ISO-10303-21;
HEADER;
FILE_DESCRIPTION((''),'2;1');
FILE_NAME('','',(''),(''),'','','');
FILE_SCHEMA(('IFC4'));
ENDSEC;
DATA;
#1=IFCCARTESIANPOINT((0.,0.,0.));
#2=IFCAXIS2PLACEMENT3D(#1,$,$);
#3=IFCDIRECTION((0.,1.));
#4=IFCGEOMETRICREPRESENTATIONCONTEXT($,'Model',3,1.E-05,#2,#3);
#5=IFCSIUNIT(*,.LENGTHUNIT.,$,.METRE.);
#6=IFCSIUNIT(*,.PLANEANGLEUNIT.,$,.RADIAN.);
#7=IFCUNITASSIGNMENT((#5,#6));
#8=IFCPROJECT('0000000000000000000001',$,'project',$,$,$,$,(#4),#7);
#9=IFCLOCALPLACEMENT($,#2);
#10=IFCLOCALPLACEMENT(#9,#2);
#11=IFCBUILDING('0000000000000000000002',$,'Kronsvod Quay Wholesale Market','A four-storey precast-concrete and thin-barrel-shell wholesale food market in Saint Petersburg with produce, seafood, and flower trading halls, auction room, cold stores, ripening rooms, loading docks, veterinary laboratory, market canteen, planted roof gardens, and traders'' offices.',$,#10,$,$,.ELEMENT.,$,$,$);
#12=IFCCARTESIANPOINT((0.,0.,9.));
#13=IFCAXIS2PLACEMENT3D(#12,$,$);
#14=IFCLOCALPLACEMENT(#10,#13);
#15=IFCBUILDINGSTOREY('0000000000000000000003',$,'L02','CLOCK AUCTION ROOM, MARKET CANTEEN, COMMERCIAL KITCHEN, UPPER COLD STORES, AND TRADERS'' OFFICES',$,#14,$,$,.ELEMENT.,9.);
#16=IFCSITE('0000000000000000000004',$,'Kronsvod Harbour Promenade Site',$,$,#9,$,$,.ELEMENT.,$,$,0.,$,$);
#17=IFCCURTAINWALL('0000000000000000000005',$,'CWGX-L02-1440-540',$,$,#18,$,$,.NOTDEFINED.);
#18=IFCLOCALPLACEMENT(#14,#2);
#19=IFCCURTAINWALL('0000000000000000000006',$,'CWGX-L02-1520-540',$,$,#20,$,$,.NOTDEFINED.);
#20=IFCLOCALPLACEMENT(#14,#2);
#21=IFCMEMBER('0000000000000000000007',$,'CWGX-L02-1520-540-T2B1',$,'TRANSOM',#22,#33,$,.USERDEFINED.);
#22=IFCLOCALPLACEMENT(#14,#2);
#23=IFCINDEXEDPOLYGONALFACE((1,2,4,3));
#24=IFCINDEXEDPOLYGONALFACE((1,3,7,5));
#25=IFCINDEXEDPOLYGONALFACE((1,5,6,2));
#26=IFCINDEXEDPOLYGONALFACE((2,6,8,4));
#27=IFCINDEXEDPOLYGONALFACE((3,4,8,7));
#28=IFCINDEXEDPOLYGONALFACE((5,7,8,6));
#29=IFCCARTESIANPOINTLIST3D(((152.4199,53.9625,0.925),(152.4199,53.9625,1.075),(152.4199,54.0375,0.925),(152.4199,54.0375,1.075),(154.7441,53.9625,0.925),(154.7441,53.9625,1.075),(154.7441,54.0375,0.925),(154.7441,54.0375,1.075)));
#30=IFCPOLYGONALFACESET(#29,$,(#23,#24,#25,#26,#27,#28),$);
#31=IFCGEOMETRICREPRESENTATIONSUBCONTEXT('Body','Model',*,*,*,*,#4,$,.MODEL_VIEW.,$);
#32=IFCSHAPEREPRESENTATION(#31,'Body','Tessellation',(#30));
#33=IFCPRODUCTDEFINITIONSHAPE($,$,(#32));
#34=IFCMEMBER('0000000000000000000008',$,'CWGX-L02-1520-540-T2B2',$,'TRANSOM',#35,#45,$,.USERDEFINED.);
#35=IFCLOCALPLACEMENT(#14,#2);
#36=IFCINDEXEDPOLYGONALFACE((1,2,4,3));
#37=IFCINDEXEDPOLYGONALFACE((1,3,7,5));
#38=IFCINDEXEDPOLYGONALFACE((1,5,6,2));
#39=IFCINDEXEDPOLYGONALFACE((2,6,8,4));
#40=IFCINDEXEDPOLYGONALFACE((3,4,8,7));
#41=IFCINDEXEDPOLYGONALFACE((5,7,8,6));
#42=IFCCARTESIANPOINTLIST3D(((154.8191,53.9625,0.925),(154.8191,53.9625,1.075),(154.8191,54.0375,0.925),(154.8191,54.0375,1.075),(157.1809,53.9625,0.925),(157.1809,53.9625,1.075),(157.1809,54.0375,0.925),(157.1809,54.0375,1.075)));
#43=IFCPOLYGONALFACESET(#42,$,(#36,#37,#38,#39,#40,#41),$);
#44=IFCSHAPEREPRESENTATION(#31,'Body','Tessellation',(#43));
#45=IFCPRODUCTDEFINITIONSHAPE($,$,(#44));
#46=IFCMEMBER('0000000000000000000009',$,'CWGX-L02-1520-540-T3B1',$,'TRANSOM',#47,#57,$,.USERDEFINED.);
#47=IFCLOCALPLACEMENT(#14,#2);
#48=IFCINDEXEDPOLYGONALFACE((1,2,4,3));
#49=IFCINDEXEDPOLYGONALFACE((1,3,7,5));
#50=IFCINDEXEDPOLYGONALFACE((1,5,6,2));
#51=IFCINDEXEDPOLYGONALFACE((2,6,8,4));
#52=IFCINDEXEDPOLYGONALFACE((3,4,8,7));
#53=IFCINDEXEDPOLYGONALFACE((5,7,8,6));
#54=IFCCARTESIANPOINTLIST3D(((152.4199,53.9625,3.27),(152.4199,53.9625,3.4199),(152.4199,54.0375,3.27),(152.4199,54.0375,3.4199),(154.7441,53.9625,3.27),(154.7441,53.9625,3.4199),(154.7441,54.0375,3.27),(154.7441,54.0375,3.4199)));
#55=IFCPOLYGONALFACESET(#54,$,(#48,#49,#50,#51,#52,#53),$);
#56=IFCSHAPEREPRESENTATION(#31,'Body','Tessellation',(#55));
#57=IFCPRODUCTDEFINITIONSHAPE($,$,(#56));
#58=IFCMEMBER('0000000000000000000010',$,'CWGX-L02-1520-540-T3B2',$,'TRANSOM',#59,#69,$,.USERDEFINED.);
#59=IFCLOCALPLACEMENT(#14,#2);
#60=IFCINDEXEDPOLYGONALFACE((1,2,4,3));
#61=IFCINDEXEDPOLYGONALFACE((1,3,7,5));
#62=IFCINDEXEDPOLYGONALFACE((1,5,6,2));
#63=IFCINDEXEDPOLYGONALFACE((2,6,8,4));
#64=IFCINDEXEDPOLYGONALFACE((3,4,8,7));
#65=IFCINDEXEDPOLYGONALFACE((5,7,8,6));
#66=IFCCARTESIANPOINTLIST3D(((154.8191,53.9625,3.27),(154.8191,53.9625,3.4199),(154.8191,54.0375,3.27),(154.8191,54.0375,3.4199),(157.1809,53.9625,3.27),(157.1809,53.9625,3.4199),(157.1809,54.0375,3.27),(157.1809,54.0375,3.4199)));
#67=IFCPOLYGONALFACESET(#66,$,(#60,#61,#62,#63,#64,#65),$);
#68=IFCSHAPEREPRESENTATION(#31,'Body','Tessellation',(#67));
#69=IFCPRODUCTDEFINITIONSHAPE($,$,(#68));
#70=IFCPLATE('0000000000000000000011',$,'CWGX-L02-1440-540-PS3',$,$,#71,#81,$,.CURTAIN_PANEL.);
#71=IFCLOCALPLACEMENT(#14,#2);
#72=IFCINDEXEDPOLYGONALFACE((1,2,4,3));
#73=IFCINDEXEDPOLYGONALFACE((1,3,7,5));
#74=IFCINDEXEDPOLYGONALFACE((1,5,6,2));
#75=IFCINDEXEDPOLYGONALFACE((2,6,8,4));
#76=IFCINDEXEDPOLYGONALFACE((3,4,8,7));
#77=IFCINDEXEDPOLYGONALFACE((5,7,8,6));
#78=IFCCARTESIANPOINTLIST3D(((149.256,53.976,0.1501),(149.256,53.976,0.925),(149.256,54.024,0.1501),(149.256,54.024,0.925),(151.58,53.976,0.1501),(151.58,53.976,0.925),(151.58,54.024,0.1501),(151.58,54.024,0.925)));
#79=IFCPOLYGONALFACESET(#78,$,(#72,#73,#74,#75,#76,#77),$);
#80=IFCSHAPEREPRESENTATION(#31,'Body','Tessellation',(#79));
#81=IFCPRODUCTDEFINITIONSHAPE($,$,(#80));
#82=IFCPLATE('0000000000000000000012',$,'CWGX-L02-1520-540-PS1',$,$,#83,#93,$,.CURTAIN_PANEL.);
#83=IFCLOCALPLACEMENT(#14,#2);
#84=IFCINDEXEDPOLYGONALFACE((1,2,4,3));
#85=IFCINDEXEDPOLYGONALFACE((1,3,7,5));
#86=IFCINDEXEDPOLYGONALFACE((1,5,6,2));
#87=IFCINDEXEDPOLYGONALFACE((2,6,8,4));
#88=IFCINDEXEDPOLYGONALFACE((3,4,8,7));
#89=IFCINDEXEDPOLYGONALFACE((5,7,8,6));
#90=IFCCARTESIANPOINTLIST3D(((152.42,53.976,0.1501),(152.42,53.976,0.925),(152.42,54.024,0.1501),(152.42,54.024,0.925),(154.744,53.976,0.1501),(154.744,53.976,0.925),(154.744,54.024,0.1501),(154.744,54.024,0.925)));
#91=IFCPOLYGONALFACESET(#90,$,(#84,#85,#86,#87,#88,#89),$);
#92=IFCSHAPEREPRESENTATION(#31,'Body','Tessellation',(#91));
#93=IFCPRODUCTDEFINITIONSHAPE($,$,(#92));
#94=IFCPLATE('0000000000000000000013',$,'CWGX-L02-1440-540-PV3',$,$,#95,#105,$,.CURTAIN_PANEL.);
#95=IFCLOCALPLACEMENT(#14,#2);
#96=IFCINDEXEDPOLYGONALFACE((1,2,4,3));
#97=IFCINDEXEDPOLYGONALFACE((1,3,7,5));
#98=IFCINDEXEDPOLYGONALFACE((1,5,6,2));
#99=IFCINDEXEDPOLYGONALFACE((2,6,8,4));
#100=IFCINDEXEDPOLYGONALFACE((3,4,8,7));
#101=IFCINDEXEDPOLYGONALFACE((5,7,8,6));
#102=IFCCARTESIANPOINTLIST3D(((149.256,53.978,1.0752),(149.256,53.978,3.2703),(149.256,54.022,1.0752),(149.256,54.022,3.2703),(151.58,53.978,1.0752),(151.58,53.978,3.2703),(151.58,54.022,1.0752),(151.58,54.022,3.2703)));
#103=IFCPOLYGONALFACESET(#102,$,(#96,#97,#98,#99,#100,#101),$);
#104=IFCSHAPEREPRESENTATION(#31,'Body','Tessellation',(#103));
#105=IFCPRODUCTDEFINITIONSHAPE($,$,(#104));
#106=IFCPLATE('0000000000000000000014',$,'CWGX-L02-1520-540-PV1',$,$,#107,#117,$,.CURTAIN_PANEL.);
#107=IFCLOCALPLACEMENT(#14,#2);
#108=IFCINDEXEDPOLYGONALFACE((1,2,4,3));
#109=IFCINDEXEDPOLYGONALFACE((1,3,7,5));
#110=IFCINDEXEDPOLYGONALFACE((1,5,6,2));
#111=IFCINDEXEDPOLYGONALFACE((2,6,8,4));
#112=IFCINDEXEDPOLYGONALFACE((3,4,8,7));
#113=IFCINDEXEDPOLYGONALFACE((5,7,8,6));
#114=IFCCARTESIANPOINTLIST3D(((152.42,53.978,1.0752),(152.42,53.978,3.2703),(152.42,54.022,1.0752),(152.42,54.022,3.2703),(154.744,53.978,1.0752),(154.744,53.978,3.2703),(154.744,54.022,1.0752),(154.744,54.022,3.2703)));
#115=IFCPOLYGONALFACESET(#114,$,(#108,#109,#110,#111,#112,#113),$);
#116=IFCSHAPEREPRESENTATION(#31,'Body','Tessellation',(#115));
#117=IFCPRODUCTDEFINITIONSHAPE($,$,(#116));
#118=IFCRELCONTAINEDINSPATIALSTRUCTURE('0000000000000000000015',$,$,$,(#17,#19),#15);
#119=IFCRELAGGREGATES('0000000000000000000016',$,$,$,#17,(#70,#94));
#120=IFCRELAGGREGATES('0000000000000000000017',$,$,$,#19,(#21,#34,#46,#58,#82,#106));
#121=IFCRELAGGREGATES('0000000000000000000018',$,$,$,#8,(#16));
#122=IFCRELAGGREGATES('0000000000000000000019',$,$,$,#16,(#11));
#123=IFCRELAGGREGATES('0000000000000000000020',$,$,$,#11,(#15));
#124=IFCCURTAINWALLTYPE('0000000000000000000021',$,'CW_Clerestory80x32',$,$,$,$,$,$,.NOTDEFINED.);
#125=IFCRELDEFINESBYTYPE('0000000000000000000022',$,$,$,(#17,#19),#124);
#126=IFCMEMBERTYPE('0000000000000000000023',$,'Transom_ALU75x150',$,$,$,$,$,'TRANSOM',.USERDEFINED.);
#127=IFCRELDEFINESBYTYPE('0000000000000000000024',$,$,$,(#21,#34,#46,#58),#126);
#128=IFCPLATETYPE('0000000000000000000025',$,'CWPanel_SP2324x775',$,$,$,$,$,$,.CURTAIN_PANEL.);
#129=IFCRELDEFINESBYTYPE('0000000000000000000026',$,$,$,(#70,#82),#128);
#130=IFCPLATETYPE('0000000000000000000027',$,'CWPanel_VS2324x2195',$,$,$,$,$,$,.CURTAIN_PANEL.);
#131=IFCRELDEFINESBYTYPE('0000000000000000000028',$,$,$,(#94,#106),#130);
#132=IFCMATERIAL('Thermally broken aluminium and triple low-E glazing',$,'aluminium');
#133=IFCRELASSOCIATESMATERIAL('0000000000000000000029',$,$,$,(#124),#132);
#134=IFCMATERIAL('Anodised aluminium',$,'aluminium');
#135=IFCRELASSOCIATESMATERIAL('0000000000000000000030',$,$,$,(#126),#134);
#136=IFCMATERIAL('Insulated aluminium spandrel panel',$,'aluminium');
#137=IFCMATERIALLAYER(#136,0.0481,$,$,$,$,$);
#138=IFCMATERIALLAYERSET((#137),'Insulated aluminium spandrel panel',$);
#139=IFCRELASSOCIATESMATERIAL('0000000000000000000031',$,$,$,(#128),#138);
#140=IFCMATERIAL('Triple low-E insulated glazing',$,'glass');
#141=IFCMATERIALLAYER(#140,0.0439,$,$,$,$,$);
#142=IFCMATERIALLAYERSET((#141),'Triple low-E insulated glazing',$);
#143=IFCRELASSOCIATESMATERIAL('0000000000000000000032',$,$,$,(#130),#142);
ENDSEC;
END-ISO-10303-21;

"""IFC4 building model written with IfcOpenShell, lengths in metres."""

from ifc_helpers import new_model, si_unit, direction, frame, origin, origin_2d, place, context, subcontext, project, spatial, rectangle, extrude, material, layer, layer_set, material_profile, profile_set, type_object, element, aggregate, save


model = new_model("IFC4")

# Units and contexts
model_context = context("Model", 3, precision=1e-05, world=origin(), true_north=direction((0.0, 1.0)))
body_context = subcontext(model_context, "Body", "Model", "MODEL_VIEW")
ifc_project = project(units=[si_unit("LENGTHUNIT", "METRE"), si_unit("PLANEANGLEUNIT", "RADIAN")], contexts=[model_context])

# Site, building, storey
site_placement = place(None, origin())
site = spatial("IfcSite", under=ifc_project, at=site_placement, Name="Kronsvod Harbour Promenade Site", CompositionType="ELEMENT", RefElevation=0.0)
building_placement = place(site_placement, origin())
building = spatial("IfcBuilding", under=site, at=building_placement, Name="Kronsvod Quay Wholesale Market", Description="A four-storey precast-concrete and thin-barrel-shell wholesale food market in Saint Petersburg with produce, seafood, and flower trading halls, auction room, cold stores, ripening rooms, loading docks, veterinary laboratory, market canteen, planted roof gardens, and traders' offices.", CompositionType="ELEMENT")
storey_placement = place(building_placement, frame((0.0, 0.0, 9.0)))
storey = spatial("IfcBuildingStorey", under=building, at=storey_placement, Name="L02", Description="CLOCK AUCTION ROOM, MARKET CANTEEN, COMMERCIAL KITCHEN, UPPER COLD STORES, AND TRADERS' OFFICES", CompositionType="ELEMENT", Elevation=9.0)

# Curtain wall
ifc_material_1 = material(Name="Thermally broken aluminium and triple low-E glazing", Category="aluminium")
curtain_wall_type = type_object("IfcCurtainWallType", Name="CW_Clerestory80x32", PredefinedType="NOTDEFINED", material=ifc_material_1)
curtain_wall_1_placement = place(storey_placement, origin())
curtain_wall_1 = element("IfcCurtainWall", 1, at=curtain_wall_1_placement, inside=storey, type_object=curtain_wall_type, Name="CWGX-L02-1440-540", PredefinedType="NOTDEFINED")

# Curtain wall
curtain_wall_2_placement = place(storey_placement, origin())
curtain_wall_2 = element("IfcCurtainWall", 2, at=curtain_wall_2_placement, inside=storey, type_object=curtain_wall_type, Name="CWGX-L02-1520-540", PredefinedType="NOTDEFINED")

# Members
ifc_material_2 = material(Name="Anodised aluminium", Category="aluminium")
ifc_material_profile_1 = material_profile(ifc_material_2, rectangle(XDim=0.075, YDim=0.1499, at=origin_2d()), Name="ALUT75x150")
ifc_profile_set_1 = profile_set([ifc_material_profile_1], Name="Anodised aluminium")
member_type_1 = type_object("IfcMemberType", Name="Transom_ALU75x150", ElementType="TRANSOM", PredefinedType="USERDEFINED", material=ifc_profile_set_1)
member_1_placement = place(storey_placement, frame((152.4199, 54.0, 1.0), z_axis=(1.0, 0.0, 0.0), x_axis=(0.0, 1.0, 0.0)))
member_1 = element("IfcMember", 3, at=member_1_placement, type_object=member_type_1, Name="CWGX-L02-1520-540-T2B1", ObjectType="TRANSOM", PredefinedType="USERDEFINED", context=body_context, shape_type="SweptSolid", body=[
    extrude(rectangle(XDim=0.075, YDim=0.1499, at=origin_2d()), origin(), (0.0, 0.0, 1.0), 2.3242),
])
member_2_placement = place(storey_placement, frame((154.8191, 54.0, 1.0), z_axis=(1.0, 0.0, 0.0), x_axis=(0.0, 1.0, 0.0)))
member_2 = element("IfcMember", 4, at=member_2_placement, type_object=member_type_1, Name="CWGX-L02-1520-540-T2B2", ObjectType="TRANSOM", PredefinedType="USERDEFINED", context=body_context, shape_type="SweptSolid", body=[
    extrude(rectangle(XDim=0.075, YDim=0.1499, at=origin_2d()), origin(), (0.0, 0.0, 1.0), 2.3618),
])
member_3_placement = place(storey_placement, frame((152.4199, 54.0, 3.345), z_axis=(1.0, 0.0, 0.0), x_axis=(0.0, 1.0, 0.0)))
member_3 = element("IfcMember", 5, at=member_3_placement, type_object=member_type_1, Name="CWGX-L02-1520-540-T3B1", ObjectType="TRANSOM", PredefinedType="USERDEFINED", context=body_context, shape_type="SweptSolid", body=[
    extrude(rectangle(XDim=0.075, YDim=0.1499, at=origin_2d()), origin(), (0.0, 0.0, 1.0), 2.3242),
])
member_4_placement = place(storey_placement, frame((154.8191, 54.0, 3.345), z_axis=(1.0, 0.0, 0.0), x_axis=(0.0, 1.0, 0.0)))
member_4 = element("IfcMember", 6, at=member_4_placement, type_object=member_type_1, Name="CWGX-L02-1520-540-T3B2", ObjectType="TRANSOM", PredefinedType="USERDEFINED", context=body_context, shape_type="SweptSolid", body=[
    extrude(rectangle(XDim=0.075, YDim=0.1499, at=origin_2d()), origin(), (0.0, 0.0, 1.0), 2.3618),
])

# Plates
ifc_material_3 = material(Name="Insulated aluminium spandrel panel", Category="aluminium")
ifc_layer_1 = layer(ifc_material_3, 0.0481)
ifc_layer_set_1 = layer_set([ifc_layer_1], Name="Insulated aluminium spandrel panel")
plate_type_1 = type_object("IfcPlateType", Name="CWPanel_SP2324x775", PredefinedType="CURTAIN_PANEL", material=ifc_layer_set_1)
plate_1_placement = place(storey_placement, frame((150.418, 54.0, 0.1501), z_axis=(0.0, 0.0, 1.0), x_axis=(1.0, 0.0, 0.0)))
plate_1 = element("IfcPlate", 7, at=plate_1_placement, type_object=plate_type_1, Name="CWGX-L02-1440-540-PS3", PredefinedType="CURTAIN_PANEL", context=body_context, shape_type="SweptSolid", body=[
    extrude(rectangle(XDim=2.324, YDim=0.0481, at=origin_2d()), origin(), (0.0, 0.0, 1.0), 0.7749),
])
plate_2_placement = place(storey_placement, frame((153.582, 54.0, 0.1501), z_axis=(0.0, 0.0, 1.0), x_axis=(1.0, 0.0, 0.0)))
plate_2 = element("IfcPlate", 8, at=plate_2_placement, type_object=plate_type_1, Name="CWGX-L02-1520-540-PS1", PredefinedType="CURTAIN_PANEL", context=body_context, shape_type="SweptSolid", body=[
    extrude(rectangle(XDim=2.324, YDim=0.0481, at=origin_2d()), origin(), (0.0, 0.0, 1.0), 0.7749),
])
ifc_material_4 = material(Name="Triple low-E insulated glazing", Category="glass")
ifc_layer_2 = layer(ifc_material_4, 0.0439)
ifc_layer_set_2 = layer_set([ifc_layer_2], Name="Triple low-E insulated glazing")
plate_type_2 = type_object("IfcPlateType", Name="CWPanel_VS2324x2195", PredefinedType="CURTAIN_PANEL", material=ifc_layer_set_2)
plate_3_placement = place(storey_placement, frame((150.418, 54.0, 1.0752), z_axis=(0.0, 0.0, 1.0), x_axis=(1.0, 0.0, 0.0)))
plate_3 = element("IfcPlate", 9, at=plate_3_placement, type_object=plate_type_2, Name="CWGX-L02-1440-540-PV3", PredefinedType="CURTAIN_PANEL", context=body_context, shape_type="SweptSolid", body=[
    extrude(rectangle(XDim=2.324, YDim=0.0439, at=origin_2d()), origin(), (0.0, 0.0, 1.0), 2.1951),
])
aggregate(curtain_wall_1, [plate_1, plate_3])
plate_4_placement = place(storey_placement, frame((153.582, 54.0, 1.0752), z_axis=(0.0, 0.0, 1.0), x_axis=(1.0, 0.0, 0.0)))
plate_4 = element("IfcPlate", 10, at=plate_4_placement, type_object=plate_type_2, Name="CWGX-L02-1520-540-PV1", PredefinedType="CURTAIN_PANEL", context=body_context, shape_type="SweptSolid", body=[
    extrude(rectangle(XDim=2.324, YDim=0.0439, at=origin_2d()), origin(), (0.0, 0.0, 1.0), 2.1951),
])
aggregate(curtain_wall_2, [member_1, member_2, member_3, member_4, plate_2, plate_4])

save(model, "model.ifc")
